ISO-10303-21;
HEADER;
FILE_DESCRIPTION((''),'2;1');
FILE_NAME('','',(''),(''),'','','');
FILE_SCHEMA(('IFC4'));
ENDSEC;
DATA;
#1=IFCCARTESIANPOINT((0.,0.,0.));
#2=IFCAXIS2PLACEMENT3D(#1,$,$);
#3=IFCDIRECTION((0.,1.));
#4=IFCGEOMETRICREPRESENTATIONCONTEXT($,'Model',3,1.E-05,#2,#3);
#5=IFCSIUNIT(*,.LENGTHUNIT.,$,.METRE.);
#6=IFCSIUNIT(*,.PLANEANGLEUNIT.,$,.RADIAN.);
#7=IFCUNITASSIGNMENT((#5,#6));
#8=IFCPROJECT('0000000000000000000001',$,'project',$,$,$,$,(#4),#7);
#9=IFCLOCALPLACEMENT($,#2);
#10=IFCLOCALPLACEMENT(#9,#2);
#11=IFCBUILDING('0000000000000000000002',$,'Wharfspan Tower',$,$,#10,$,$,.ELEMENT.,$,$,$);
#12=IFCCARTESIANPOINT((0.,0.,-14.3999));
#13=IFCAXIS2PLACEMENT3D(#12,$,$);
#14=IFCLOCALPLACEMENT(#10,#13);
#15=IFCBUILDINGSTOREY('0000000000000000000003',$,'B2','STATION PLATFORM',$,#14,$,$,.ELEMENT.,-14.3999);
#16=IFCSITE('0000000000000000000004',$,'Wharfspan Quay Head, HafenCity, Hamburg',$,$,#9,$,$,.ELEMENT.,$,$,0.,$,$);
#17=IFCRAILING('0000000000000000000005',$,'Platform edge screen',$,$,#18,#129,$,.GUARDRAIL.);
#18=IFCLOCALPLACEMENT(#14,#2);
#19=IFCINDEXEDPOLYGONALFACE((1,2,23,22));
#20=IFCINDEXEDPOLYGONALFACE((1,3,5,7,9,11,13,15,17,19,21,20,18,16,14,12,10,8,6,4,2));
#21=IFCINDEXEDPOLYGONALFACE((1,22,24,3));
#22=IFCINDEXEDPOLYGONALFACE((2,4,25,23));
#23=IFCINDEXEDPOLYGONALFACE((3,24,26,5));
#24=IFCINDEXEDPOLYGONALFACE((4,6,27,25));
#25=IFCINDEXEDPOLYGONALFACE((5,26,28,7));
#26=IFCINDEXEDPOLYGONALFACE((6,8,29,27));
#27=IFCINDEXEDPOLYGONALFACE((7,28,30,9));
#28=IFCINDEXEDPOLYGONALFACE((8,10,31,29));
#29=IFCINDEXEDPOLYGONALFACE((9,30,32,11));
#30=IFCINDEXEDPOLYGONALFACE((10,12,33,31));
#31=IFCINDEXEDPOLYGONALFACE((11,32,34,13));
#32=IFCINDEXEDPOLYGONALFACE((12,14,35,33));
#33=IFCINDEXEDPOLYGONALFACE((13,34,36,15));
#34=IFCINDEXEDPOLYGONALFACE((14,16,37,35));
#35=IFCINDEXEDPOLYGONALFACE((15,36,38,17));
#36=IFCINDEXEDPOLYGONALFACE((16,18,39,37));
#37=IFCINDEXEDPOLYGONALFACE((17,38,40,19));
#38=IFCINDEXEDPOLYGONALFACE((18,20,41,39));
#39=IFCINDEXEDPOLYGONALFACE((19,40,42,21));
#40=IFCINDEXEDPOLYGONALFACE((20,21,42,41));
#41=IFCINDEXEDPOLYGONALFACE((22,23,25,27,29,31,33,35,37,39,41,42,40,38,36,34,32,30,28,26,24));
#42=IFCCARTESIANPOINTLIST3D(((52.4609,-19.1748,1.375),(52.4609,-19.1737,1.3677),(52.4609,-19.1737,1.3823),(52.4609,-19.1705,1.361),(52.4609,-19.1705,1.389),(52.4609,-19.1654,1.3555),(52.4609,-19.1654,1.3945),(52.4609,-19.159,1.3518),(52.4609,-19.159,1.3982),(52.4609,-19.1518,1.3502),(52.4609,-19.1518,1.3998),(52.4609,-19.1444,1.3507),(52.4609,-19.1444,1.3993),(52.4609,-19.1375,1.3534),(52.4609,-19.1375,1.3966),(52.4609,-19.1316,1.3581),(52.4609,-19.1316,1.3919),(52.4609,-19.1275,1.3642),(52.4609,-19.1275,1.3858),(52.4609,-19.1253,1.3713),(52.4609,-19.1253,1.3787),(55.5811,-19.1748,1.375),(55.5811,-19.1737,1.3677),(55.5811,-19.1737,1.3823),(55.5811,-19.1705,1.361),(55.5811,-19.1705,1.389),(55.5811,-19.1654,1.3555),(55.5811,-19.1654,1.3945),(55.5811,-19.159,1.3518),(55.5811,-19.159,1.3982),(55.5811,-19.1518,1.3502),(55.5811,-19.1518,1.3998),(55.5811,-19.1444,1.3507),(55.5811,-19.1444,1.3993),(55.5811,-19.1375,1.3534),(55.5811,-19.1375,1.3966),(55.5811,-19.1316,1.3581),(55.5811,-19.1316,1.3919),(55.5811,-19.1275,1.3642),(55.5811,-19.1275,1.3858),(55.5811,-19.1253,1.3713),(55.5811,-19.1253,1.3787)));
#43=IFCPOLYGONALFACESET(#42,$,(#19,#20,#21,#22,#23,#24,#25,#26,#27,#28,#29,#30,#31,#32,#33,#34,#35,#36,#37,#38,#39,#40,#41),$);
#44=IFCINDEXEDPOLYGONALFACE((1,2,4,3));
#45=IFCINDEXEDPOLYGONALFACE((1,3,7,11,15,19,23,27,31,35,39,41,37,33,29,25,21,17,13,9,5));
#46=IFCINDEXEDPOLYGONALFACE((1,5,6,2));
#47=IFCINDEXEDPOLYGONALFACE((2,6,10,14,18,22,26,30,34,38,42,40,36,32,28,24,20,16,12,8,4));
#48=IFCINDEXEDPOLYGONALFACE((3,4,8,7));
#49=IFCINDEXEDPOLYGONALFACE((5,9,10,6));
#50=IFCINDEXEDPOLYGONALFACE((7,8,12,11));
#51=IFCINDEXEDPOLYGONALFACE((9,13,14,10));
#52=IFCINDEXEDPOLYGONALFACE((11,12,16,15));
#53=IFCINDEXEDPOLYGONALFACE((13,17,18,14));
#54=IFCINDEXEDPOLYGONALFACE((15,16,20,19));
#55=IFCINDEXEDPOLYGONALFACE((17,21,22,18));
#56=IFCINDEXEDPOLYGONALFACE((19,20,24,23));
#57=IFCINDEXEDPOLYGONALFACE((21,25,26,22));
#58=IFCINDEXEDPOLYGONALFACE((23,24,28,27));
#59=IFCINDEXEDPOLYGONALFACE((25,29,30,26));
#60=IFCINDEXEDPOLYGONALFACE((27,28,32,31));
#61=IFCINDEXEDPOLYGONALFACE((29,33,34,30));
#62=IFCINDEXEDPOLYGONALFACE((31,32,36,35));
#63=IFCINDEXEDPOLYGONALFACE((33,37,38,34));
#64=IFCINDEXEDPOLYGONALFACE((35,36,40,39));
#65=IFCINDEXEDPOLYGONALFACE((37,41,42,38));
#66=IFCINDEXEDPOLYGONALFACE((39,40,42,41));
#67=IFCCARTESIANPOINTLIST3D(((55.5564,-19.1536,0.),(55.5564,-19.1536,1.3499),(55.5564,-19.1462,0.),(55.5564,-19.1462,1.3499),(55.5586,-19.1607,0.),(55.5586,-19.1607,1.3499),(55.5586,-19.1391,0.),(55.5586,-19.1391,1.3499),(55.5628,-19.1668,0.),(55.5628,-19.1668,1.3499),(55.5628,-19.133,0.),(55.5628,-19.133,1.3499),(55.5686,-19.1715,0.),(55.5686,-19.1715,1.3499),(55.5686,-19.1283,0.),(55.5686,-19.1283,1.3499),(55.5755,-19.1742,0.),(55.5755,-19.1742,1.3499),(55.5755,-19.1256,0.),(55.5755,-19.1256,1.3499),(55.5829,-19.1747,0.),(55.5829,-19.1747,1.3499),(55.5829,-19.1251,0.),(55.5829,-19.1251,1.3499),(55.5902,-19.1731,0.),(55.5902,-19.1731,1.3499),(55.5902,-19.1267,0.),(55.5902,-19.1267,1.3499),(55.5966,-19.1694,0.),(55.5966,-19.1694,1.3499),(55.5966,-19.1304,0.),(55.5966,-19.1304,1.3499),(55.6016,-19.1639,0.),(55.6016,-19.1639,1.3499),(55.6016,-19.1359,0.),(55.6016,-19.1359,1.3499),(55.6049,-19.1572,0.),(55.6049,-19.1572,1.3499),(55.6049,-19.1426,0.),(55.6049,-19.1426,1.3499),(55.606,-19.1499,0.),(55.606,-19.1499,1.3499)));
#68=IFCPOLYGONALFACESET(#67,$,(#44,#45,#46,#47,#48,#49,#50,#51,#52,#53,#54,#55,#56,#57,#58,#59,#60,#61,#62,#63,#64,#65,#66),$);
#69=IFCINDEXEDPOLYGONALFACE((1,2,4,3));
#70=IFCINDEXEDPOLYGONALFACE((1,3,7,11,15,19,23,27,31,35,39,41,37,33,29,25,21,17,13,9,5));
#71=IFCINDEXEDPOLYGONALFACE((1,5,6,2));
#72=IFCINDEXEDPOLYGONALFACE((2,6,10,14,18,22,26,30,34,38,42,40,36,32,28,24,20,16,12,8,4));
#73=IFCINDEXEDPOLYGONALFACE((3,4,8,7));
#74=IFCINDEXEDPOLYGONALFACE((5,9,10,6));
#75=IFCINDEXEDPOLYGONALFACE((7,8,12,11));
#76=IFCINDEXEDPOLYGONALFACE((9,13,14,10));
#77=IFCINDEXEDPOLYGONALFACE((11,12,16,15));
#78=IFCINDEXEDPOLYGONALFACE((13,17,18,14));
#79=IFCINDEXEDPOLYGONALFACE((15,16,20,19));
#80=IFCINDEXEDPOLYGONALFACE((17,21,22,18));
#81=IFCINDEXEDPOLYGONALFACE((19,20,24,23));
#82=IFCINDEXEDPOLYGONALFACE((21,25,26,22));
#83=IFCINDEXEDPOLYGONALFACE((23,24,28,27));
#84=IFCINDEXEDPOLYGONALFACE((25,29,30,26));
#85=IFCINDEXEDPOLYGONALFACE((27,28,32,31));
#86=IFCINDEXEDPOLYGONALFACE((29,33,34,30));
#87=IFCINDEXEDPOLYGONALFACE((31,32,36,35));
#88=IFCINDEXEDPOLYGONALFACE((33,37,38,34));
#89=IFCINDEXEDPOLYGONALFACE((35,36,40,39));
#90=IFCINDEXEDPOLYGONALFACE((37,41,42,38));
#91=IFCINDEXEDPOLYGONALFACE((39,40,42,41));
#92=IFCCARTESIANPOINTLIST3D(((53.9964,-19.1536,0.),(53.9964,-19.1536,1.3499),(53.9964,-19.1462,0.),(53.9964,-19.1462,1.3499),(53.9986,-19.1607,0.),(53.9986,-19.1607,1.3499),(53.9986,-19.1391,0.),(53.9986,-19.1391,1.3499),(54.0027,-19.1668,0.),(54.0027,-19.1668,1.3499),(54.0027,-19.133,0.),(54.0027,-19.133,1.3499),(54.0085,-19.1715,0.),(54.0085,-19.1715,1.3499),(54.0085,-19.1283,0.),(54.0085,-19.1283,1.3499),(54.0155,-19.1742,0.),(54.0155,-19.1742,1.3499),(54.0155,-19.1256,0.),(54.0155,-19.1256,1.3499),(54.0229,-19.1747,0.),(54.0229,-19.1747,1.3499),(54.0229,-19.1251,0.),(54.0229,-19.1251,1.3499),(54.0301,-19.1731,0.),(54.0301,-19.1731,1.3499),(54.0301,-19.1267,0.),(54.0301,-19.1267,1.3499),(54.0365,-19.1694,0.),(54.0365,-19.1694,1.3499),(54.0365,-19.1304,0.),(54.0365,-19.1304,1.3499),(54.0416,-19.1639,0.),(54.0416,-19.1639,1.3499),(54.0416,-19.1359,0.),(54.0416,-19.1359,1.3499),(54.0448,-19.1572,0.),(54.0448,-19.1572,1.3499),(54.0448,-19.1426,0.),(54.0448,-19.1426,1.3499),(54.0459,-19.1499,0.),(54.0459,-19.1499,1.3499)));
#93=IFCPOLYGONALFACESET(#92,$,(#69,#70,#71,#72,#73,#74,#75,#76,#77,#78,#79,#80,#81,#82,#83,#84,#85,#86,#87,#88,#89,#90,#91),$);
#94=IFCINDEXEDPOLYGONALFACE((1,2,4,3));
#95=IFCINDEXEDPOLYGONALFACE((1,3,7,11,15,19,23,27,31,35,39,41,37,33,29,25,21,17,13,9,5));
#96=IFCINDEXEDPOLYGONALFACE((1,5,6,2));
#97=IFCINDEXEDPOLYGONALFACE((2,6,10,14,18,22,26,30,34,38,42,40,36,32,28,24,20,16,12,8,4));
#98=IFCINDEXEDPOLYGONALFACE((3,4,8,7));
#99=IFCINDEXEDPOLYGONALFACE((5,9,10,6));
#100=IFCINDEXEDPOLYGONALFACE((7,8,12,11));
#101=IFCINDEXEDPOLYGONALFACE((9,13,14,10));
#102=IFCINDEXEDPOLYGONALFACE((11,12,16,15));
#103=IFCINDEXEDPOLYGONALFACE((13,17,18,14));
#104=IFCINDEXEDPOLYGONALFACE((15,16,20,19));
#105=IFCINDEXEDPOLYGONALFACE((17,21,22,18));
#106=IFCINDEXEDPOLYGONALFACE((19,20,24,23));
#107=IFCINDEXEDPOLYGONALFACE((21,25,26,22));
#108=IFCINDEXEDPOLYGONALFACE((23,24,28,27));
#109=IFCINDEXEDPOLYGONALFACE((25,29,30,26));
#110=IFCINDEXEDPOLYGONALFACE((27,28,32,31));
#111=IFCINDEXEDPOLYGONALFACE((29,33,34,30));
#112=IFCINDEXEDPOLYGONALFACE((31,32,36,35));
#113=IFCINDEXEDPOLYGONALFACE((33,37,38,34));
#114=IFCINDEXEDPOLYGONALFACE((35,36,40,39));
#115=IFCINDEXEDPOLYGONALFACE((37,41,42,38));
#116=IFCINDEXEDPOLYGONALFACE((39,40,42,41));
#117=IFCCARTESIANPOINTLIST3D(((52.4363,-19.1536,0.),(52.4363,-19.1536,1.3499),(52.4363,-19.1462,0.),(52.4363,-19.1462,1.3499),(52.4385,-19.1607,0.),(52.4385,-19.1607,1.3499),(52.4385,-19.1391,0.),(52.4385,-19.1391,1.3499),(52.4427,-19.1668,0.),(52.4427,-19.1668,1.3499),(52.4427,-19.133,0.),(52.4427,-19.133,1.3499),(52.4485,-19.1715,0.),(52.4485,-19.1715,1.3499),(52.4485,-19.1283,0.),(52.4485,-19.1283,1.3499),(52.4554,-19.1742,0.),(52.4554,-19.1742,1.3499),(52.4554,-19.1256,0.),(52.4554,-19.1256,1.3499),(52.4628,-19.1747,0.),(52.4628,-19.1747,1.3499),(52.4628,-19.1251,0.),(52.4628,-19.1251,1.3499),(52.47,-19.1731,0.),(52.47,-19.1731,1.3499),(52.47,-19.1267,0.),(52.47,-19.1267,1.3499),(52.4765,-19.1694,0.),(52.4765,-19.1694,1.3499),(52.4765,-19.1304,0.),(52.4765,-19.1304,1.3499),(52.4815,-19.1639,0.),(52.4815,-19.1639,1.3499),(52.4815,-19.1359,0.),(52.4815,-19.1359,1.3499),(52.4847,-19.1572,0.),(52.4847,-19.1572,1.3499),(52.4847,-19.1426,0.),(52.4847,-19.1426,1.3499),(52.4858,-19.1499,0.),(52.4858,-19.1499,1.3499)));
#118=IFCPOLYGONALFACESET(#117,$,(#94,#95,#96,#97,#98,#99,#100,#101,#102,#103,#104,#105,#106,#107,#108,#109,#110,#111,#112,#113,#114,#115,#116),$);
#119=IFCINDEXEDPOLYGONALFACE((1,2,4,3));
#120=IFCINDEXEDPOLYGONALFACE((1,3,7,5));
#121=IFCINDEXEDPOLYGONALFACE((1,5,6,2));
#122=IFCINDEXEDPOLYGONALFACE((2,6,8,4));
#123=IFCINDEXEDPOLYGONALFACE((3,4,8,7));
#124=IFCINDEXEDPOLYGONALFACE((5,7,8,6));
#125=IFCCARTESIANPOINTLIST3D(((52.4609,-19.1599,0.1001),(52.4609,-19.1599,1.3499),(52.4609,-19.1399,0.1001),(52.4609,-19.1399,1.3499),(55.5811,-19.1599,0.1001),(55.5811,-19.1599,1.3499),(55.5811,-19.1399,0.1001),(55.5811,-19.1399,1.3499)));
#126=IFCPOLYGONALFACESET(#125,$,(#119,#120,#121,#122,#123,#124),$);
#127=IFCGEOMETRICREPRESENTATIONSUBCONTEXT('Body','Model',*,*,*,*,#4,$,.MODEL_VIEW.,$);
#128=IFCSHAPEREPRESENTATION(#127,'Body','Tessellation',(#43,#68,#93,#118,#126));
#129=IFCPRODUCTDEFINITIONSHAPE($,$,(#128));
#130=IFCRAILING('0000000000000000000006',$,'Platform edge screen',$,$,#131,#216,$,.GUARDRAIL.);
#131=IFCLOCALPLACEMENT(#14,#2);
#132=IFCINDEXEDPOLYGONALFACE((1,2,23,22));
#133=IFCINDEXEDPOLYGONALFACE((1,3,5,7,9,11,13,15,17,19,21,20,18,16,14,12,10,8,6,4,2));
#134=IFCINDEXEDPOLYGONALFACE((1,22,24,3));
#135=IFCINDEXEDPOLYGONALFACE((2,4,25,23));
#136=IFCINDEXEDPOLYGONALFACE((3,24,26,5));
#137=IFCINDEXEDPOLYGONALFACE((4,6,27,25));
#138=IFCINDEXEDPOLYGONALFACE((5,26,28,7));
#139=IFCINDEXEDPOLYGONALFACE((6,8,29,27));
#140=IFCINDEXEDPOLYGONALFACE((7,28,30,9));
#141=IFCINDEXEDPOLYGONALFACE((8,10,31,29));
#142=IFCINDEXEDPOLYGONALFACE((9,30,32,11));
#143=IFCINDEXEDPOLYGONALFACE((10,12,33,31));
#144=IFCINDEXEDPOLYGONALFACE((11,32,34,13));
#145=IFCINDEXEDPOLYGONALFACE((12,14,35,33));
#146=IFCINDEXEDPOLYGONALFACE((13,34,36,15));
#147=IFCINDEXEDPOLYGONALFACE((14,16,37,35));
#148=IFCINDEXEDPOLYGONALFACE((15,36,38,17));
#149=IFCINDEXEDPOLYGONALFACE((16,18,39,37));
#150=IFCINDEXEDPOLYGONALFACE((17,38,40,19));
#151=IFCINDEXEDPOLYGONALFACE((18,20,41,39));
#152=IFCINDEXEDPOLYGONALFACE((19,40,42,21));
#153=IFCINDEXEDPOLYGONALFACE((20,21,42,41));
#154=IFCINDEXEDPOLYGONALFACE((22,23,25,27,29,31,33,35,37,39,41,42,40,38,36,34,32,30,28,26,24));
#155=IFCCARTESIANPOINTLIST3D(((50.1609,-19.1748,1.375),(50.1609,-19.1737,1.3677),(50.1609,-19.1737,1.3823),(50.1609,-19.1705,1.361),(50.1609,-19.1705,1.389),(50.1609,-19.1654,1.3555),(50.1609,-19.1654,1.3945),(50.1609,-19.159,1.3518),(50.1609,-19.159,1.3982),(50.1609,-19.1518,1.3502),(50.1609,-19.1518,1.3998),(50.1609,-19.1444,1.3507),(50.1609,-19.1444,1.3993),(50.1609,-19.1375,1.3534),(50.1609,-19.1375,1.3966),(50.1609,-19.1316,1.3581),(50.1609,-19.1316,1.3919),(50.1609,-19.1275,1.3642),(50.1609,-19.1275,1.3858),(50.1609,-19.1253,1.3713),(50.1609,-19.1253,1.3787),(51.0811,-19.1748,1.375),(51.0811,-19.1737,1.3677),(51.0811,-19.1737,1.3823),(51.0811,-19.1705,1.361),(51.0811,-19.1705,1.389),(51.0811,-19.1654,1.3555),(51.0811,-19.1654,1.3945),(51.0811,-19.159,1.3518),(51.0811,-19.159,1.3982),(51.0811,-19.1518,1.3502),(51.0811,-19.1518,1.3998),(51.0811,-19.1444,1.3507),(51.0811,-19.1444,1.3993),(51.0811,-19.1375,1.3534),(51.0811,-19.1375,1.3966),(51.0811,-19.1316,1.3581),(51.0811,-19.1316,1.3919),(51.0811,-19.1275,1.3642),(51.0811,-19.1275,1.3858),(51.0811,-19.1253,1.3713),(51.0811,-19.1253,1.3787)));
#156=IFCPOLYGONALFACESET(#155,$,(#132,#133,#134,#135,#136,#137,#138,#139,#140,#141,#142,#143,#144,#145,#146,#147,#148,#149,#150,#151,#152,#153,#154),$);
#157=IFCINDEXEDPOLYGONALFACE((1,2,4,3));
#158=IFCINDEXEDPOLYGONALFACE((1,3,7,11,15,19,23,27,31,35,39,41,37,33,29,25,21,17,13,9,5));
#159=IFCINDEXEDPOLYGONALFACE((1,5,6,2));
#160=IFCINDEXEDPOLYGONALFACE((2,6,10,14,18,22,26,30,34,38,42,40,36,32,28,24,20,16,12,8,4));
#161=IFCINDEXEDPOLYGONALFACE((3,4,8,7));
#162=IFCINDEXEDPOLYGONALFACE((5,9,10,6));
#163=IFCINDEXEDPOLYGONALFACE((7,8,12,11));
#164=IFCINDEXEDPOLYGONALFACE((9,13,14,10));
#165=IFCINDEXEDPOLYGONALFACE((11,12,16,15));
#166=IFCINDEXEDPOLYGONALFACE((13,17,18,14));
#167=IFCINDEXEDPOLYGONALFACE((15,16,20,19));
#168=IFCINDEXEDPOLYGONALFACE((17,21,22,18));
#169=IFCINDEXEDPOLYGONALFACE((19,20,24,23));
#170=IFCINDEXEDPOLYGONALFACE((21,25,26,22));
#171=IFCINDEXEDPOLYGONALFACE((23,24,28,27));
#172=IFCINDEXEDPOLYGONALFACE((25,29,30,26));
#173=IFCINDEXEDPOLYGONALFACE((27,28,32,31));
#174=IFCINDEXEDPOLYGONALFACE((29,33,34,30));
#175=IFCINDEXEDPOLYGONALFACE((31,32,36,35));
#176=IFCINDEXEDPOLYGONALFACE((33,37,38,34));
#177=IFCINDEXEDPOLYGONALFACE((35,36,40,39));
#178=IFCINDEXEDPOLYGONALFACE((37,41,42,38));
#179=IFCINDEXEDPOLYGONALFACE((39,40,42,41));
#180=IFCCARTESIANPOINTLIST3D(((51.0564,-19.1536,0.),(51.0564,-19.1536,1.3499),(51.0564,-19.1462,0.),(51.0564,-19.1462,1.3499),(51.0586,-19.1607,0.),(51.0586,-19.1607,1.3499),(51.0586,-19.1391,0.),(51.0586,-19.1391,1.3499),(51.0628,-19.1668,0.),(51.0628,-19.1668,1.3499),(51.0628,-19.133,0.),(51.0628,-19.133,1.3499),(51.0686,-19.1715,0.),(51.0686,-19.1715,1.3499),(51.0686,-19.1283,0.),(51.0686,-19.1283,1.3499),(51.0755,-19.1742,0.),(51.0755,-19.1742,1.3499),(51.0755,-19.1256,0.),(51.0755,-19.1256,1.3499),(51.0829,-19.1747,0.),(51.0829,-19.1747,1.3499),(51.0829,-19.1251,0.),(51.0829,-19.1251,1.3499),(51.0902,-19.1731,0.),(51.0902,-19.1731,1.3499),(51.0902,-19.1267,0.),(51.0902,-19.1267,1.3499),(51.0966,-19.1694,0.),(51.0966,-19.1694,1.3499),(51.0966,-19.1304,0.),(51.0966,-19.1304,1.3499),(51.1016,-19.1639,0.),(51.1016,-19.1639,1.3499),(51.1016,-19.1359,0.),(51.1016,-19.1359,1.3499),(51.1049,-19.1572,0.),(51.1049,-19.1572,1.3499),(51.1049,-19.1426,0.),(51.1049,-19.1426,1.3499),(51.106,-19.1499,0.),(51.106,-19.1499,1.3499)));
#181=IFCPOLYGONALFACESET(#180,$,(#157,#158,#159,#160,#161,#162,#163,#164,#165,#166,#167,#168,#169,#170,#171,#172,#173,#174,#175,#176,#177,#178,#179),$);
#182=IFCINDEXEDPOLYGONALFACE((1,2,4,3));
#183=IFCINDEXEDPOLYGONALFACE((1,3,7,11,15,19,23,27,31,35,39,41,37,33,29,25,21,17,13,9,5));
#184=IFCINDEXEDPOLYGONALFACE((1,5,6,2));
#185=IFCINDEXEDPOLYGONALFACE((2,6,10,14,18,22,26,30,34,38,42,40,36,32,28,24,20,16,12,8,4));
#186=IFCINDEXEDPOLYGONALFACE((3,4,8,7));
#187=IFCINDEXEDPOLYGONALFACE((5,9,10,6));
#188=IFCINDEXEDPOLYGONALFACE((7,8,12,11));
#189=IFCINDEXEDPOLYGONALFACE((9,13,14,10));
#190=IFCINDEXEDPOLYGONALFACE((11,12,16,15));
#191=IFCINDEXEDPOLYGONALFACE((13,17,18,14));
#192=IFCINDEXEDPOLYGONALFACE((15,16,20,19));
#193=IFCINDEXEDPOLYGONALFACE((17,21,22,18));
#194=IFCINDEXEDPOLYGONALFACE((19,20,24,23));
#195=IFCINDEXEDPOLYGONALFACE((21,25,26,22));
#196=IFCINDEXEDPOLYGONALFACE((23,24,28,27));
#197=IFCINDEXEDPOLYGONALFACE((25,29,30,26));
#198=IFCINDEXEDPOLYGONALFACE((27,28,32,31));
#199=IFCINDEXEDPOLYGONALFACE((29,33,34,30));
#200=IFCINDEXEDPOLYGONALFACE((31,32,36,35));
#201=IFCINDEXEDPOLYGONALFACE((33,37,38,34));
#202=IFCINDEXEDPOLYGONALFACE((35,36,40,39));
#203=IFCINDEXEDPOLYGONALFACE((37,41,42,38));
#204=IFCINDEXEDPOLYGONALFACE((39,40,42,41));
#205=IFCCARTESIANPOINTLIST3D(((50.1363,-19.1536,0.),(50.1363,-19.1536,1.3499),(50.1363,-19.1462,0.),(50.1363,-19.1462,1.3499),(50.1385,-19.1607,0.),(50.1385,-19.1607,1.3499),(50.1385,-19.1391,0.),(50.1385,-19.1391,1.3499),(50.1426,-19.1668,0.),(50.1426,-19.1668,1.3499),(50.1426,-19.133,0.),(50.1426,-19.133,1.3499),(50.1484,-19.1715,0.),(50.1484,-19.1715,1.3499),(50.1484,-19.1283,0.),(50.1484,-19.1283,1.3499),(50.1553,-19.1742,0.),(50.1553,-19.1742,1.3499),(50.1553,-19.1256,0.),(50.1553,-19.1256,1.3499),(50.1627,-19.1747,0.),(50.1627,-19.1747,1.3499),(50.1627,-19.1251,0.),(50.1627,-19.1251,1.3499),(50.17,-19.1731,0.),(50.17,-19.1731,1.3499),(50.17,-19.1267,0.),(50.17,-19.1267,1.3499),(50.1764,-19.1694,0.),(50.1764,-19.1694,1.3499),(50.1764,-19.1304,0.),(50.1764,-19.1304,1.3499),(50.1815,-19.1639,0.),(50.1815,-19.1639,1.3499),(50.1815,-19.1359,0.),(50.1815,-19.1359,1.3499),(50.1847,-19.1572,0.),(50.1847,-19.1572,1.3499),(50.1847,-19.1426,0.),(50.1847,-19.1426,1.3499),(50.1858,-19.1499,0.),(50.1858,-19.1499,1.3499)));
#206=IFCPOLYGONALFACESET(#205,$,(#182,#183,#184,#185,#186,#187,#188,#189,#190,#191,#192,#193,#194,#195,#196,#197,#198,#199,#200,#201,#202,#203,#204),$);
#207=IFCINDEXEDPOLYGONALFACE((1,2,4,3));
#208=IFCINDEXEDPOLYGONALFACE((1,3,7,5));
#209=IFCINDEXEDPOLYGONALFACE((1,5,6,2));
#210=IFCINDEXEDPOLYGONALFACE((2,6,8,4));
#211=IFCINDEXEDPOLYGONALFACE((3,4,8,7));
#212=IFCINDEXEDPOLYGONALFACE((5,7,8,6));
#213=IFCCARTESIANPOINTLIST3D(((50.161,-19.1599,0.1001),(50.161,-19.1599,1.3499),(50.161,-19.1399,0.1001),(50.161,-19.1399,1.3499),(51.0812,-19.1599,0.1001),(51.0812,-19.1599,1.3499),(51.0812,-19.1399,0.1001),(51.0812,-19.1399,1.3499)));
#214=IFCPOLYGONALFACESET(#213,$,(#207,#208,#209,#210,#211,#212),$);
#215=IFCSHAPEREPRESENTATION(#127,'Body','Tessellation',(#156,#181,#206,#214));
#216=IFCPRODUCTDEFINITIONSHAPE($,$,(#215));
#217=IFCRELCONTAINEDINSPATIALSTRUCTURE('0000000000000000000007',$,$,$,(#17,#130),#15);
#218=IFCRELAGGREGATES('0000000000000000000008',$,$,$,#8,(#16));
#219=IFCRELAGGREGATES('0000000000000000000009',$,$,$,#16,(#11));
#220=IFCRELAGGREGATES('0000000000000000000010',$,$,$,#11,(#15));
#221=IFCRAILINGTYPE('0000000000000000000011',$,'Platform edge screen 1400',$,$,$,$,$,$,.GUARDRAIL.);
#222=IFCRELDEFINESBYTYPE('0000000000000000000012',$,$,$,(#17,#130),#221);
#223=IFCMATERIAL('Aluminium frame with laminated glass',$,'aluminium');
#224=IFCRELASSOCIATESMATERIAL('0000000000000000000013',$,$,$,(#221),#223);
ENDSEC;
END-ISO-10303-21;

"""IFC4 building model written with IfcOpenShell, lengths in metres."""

from ifc_helpers import new_model, si_unit, direction, frame, origin, origin_2d, place, context, subcontext, project, spatial, rectangle, circle, extrude, material, type_object, element, save


model = new_model("IFC4")

# Units and contexts
model_context = context("Model", 3, precision=1e-05, world=origin(), true_north=direction((0.0, 1.0)))
body_context = subcontext(model_context, "Body", "Model", "MODEL_VIEW")
ifc_project = project(units=[si_unit("LENGTHUNIT", "METRE"), si_unit("PLANEANGLEUNIT", "RADIAN")], contexts=[model_context])

# Site, building, storey
site_placement = place(None, origin())
site = spatial("IfcSite", under=ifc_project, at=site_placement, Name="Wharfspan Quay Head, HafenCity, Hamburg", CompositionType="ELEMENT", RefElevation=0.0)
building_placement = place(site_placement, origin())
building = spatial("IfcBuilding", under=site, at=building_placement, Name="Wharfspan Tower", CompositionType="ELEMENT")
storey_placement = place(building_placement, frame((0.0, 0.0, -14.3999)))
storey = spatial("IfcBuildingStorey", under=building, at=storey_placement, Name="B2", Description="STATION PLATFORM", CompositionType="ELEMENT", Elevation=-14.3999)

# Railings
ifc_material_1 = material(Name="Aluminium frame with laminated glass", Category="aluminium")
railing_type_1 = type_object("IfcRailingType", Name="Platform edge screen 1400", PredefinedType="GUARDRAIL", material=ifc_material_1)
railing_1_placement = place(storey_placement, frame((55.5811, -19.1499, 0.0)))
element("IfcRailing", 1, at=railing_1_placement, inside=storey, type_object=railing_type_1, Name="Platform edge screen", PredefinedType="GUARDRAIL", context=body_context, shape_type="SweptSolid", body=[
    extrude(circle(Radius=0.0249, at=origin_2d()), frame((0.0, 0.0, 1.375), z_axis=(-1.0, 0.0, 0.0), x_axis=(0.0, -1.0, 0.0)), (0.0, 0.0, 1.0), 3.1201),
    extrude(circle(Radius=0.0249, at=origin_2d()), origin(), (0.0, 0.0, 1.0), 1.3499),
    extrude(circle(Radius=0.0249, at=origin_2d()), frame((-1.5601, 0.0, 0.0)), (0.0, 0.0, 1.0), 1.3499),
    extrude(circle(Radius=0.0249, at=origin_2d()), frame((-3.1201, 0.0, 0.0)), (0.0, 0.0, 1.0), 1.3499),
    extrude(rectangle(XDim=3.1201, YDim=0.02, at=origin_2d()), frame((-1.5601, 0.0, 0.1001), z_axis=(0.0, 0.0, 1.0), x_axis=(-1.0, 0.0, 0.0)), (0.0, 0.0, 1.0), 1.2498),
])
railing_2_placement = place(storey_placement, frame((51.0811, -19.1499, 0.0)))
element("IfcRailing", 2, at=railing_2_placement, inside=storey, type_object=railing_type_1, Name="Platform edge screen", PredefinedType="GUARDRAIL", context=body_context, shape_type="SweptSolid", body=[
    extrude(circle(Radius=0.0249, at=origin_2d()), frame((0.0, 0.0, 1.375), z_axis=(-1.0, 0.0, 0.0), x_axis=(0.0, -1.0, 0.0)), (0.0, 0.0, 1.0), 0.9202),
    extrude(circle(Radius=0.0249, at=origin_2d()), origin(), (0.0, 0.0, 1.0), 1.3499),
    extrude(circle(Radius=0.0249, at=origin_2d()), frame((-0.9202, 0.0, 0.0)), (0.0, 0.0, 1.0), 1.3499),
    extrude(rectangle(XDim=0.9202, YDim=0.02, at=origin_2d()), frame((-0.46, 0.0, 0.1001), z_axis=(0.0, 0.0, 1.0), x_axis=(-1.0, 0.0, 0.0)), (0.0, 0.0, 1.0), 1.2498),
])

save(model, "model.ifc")
